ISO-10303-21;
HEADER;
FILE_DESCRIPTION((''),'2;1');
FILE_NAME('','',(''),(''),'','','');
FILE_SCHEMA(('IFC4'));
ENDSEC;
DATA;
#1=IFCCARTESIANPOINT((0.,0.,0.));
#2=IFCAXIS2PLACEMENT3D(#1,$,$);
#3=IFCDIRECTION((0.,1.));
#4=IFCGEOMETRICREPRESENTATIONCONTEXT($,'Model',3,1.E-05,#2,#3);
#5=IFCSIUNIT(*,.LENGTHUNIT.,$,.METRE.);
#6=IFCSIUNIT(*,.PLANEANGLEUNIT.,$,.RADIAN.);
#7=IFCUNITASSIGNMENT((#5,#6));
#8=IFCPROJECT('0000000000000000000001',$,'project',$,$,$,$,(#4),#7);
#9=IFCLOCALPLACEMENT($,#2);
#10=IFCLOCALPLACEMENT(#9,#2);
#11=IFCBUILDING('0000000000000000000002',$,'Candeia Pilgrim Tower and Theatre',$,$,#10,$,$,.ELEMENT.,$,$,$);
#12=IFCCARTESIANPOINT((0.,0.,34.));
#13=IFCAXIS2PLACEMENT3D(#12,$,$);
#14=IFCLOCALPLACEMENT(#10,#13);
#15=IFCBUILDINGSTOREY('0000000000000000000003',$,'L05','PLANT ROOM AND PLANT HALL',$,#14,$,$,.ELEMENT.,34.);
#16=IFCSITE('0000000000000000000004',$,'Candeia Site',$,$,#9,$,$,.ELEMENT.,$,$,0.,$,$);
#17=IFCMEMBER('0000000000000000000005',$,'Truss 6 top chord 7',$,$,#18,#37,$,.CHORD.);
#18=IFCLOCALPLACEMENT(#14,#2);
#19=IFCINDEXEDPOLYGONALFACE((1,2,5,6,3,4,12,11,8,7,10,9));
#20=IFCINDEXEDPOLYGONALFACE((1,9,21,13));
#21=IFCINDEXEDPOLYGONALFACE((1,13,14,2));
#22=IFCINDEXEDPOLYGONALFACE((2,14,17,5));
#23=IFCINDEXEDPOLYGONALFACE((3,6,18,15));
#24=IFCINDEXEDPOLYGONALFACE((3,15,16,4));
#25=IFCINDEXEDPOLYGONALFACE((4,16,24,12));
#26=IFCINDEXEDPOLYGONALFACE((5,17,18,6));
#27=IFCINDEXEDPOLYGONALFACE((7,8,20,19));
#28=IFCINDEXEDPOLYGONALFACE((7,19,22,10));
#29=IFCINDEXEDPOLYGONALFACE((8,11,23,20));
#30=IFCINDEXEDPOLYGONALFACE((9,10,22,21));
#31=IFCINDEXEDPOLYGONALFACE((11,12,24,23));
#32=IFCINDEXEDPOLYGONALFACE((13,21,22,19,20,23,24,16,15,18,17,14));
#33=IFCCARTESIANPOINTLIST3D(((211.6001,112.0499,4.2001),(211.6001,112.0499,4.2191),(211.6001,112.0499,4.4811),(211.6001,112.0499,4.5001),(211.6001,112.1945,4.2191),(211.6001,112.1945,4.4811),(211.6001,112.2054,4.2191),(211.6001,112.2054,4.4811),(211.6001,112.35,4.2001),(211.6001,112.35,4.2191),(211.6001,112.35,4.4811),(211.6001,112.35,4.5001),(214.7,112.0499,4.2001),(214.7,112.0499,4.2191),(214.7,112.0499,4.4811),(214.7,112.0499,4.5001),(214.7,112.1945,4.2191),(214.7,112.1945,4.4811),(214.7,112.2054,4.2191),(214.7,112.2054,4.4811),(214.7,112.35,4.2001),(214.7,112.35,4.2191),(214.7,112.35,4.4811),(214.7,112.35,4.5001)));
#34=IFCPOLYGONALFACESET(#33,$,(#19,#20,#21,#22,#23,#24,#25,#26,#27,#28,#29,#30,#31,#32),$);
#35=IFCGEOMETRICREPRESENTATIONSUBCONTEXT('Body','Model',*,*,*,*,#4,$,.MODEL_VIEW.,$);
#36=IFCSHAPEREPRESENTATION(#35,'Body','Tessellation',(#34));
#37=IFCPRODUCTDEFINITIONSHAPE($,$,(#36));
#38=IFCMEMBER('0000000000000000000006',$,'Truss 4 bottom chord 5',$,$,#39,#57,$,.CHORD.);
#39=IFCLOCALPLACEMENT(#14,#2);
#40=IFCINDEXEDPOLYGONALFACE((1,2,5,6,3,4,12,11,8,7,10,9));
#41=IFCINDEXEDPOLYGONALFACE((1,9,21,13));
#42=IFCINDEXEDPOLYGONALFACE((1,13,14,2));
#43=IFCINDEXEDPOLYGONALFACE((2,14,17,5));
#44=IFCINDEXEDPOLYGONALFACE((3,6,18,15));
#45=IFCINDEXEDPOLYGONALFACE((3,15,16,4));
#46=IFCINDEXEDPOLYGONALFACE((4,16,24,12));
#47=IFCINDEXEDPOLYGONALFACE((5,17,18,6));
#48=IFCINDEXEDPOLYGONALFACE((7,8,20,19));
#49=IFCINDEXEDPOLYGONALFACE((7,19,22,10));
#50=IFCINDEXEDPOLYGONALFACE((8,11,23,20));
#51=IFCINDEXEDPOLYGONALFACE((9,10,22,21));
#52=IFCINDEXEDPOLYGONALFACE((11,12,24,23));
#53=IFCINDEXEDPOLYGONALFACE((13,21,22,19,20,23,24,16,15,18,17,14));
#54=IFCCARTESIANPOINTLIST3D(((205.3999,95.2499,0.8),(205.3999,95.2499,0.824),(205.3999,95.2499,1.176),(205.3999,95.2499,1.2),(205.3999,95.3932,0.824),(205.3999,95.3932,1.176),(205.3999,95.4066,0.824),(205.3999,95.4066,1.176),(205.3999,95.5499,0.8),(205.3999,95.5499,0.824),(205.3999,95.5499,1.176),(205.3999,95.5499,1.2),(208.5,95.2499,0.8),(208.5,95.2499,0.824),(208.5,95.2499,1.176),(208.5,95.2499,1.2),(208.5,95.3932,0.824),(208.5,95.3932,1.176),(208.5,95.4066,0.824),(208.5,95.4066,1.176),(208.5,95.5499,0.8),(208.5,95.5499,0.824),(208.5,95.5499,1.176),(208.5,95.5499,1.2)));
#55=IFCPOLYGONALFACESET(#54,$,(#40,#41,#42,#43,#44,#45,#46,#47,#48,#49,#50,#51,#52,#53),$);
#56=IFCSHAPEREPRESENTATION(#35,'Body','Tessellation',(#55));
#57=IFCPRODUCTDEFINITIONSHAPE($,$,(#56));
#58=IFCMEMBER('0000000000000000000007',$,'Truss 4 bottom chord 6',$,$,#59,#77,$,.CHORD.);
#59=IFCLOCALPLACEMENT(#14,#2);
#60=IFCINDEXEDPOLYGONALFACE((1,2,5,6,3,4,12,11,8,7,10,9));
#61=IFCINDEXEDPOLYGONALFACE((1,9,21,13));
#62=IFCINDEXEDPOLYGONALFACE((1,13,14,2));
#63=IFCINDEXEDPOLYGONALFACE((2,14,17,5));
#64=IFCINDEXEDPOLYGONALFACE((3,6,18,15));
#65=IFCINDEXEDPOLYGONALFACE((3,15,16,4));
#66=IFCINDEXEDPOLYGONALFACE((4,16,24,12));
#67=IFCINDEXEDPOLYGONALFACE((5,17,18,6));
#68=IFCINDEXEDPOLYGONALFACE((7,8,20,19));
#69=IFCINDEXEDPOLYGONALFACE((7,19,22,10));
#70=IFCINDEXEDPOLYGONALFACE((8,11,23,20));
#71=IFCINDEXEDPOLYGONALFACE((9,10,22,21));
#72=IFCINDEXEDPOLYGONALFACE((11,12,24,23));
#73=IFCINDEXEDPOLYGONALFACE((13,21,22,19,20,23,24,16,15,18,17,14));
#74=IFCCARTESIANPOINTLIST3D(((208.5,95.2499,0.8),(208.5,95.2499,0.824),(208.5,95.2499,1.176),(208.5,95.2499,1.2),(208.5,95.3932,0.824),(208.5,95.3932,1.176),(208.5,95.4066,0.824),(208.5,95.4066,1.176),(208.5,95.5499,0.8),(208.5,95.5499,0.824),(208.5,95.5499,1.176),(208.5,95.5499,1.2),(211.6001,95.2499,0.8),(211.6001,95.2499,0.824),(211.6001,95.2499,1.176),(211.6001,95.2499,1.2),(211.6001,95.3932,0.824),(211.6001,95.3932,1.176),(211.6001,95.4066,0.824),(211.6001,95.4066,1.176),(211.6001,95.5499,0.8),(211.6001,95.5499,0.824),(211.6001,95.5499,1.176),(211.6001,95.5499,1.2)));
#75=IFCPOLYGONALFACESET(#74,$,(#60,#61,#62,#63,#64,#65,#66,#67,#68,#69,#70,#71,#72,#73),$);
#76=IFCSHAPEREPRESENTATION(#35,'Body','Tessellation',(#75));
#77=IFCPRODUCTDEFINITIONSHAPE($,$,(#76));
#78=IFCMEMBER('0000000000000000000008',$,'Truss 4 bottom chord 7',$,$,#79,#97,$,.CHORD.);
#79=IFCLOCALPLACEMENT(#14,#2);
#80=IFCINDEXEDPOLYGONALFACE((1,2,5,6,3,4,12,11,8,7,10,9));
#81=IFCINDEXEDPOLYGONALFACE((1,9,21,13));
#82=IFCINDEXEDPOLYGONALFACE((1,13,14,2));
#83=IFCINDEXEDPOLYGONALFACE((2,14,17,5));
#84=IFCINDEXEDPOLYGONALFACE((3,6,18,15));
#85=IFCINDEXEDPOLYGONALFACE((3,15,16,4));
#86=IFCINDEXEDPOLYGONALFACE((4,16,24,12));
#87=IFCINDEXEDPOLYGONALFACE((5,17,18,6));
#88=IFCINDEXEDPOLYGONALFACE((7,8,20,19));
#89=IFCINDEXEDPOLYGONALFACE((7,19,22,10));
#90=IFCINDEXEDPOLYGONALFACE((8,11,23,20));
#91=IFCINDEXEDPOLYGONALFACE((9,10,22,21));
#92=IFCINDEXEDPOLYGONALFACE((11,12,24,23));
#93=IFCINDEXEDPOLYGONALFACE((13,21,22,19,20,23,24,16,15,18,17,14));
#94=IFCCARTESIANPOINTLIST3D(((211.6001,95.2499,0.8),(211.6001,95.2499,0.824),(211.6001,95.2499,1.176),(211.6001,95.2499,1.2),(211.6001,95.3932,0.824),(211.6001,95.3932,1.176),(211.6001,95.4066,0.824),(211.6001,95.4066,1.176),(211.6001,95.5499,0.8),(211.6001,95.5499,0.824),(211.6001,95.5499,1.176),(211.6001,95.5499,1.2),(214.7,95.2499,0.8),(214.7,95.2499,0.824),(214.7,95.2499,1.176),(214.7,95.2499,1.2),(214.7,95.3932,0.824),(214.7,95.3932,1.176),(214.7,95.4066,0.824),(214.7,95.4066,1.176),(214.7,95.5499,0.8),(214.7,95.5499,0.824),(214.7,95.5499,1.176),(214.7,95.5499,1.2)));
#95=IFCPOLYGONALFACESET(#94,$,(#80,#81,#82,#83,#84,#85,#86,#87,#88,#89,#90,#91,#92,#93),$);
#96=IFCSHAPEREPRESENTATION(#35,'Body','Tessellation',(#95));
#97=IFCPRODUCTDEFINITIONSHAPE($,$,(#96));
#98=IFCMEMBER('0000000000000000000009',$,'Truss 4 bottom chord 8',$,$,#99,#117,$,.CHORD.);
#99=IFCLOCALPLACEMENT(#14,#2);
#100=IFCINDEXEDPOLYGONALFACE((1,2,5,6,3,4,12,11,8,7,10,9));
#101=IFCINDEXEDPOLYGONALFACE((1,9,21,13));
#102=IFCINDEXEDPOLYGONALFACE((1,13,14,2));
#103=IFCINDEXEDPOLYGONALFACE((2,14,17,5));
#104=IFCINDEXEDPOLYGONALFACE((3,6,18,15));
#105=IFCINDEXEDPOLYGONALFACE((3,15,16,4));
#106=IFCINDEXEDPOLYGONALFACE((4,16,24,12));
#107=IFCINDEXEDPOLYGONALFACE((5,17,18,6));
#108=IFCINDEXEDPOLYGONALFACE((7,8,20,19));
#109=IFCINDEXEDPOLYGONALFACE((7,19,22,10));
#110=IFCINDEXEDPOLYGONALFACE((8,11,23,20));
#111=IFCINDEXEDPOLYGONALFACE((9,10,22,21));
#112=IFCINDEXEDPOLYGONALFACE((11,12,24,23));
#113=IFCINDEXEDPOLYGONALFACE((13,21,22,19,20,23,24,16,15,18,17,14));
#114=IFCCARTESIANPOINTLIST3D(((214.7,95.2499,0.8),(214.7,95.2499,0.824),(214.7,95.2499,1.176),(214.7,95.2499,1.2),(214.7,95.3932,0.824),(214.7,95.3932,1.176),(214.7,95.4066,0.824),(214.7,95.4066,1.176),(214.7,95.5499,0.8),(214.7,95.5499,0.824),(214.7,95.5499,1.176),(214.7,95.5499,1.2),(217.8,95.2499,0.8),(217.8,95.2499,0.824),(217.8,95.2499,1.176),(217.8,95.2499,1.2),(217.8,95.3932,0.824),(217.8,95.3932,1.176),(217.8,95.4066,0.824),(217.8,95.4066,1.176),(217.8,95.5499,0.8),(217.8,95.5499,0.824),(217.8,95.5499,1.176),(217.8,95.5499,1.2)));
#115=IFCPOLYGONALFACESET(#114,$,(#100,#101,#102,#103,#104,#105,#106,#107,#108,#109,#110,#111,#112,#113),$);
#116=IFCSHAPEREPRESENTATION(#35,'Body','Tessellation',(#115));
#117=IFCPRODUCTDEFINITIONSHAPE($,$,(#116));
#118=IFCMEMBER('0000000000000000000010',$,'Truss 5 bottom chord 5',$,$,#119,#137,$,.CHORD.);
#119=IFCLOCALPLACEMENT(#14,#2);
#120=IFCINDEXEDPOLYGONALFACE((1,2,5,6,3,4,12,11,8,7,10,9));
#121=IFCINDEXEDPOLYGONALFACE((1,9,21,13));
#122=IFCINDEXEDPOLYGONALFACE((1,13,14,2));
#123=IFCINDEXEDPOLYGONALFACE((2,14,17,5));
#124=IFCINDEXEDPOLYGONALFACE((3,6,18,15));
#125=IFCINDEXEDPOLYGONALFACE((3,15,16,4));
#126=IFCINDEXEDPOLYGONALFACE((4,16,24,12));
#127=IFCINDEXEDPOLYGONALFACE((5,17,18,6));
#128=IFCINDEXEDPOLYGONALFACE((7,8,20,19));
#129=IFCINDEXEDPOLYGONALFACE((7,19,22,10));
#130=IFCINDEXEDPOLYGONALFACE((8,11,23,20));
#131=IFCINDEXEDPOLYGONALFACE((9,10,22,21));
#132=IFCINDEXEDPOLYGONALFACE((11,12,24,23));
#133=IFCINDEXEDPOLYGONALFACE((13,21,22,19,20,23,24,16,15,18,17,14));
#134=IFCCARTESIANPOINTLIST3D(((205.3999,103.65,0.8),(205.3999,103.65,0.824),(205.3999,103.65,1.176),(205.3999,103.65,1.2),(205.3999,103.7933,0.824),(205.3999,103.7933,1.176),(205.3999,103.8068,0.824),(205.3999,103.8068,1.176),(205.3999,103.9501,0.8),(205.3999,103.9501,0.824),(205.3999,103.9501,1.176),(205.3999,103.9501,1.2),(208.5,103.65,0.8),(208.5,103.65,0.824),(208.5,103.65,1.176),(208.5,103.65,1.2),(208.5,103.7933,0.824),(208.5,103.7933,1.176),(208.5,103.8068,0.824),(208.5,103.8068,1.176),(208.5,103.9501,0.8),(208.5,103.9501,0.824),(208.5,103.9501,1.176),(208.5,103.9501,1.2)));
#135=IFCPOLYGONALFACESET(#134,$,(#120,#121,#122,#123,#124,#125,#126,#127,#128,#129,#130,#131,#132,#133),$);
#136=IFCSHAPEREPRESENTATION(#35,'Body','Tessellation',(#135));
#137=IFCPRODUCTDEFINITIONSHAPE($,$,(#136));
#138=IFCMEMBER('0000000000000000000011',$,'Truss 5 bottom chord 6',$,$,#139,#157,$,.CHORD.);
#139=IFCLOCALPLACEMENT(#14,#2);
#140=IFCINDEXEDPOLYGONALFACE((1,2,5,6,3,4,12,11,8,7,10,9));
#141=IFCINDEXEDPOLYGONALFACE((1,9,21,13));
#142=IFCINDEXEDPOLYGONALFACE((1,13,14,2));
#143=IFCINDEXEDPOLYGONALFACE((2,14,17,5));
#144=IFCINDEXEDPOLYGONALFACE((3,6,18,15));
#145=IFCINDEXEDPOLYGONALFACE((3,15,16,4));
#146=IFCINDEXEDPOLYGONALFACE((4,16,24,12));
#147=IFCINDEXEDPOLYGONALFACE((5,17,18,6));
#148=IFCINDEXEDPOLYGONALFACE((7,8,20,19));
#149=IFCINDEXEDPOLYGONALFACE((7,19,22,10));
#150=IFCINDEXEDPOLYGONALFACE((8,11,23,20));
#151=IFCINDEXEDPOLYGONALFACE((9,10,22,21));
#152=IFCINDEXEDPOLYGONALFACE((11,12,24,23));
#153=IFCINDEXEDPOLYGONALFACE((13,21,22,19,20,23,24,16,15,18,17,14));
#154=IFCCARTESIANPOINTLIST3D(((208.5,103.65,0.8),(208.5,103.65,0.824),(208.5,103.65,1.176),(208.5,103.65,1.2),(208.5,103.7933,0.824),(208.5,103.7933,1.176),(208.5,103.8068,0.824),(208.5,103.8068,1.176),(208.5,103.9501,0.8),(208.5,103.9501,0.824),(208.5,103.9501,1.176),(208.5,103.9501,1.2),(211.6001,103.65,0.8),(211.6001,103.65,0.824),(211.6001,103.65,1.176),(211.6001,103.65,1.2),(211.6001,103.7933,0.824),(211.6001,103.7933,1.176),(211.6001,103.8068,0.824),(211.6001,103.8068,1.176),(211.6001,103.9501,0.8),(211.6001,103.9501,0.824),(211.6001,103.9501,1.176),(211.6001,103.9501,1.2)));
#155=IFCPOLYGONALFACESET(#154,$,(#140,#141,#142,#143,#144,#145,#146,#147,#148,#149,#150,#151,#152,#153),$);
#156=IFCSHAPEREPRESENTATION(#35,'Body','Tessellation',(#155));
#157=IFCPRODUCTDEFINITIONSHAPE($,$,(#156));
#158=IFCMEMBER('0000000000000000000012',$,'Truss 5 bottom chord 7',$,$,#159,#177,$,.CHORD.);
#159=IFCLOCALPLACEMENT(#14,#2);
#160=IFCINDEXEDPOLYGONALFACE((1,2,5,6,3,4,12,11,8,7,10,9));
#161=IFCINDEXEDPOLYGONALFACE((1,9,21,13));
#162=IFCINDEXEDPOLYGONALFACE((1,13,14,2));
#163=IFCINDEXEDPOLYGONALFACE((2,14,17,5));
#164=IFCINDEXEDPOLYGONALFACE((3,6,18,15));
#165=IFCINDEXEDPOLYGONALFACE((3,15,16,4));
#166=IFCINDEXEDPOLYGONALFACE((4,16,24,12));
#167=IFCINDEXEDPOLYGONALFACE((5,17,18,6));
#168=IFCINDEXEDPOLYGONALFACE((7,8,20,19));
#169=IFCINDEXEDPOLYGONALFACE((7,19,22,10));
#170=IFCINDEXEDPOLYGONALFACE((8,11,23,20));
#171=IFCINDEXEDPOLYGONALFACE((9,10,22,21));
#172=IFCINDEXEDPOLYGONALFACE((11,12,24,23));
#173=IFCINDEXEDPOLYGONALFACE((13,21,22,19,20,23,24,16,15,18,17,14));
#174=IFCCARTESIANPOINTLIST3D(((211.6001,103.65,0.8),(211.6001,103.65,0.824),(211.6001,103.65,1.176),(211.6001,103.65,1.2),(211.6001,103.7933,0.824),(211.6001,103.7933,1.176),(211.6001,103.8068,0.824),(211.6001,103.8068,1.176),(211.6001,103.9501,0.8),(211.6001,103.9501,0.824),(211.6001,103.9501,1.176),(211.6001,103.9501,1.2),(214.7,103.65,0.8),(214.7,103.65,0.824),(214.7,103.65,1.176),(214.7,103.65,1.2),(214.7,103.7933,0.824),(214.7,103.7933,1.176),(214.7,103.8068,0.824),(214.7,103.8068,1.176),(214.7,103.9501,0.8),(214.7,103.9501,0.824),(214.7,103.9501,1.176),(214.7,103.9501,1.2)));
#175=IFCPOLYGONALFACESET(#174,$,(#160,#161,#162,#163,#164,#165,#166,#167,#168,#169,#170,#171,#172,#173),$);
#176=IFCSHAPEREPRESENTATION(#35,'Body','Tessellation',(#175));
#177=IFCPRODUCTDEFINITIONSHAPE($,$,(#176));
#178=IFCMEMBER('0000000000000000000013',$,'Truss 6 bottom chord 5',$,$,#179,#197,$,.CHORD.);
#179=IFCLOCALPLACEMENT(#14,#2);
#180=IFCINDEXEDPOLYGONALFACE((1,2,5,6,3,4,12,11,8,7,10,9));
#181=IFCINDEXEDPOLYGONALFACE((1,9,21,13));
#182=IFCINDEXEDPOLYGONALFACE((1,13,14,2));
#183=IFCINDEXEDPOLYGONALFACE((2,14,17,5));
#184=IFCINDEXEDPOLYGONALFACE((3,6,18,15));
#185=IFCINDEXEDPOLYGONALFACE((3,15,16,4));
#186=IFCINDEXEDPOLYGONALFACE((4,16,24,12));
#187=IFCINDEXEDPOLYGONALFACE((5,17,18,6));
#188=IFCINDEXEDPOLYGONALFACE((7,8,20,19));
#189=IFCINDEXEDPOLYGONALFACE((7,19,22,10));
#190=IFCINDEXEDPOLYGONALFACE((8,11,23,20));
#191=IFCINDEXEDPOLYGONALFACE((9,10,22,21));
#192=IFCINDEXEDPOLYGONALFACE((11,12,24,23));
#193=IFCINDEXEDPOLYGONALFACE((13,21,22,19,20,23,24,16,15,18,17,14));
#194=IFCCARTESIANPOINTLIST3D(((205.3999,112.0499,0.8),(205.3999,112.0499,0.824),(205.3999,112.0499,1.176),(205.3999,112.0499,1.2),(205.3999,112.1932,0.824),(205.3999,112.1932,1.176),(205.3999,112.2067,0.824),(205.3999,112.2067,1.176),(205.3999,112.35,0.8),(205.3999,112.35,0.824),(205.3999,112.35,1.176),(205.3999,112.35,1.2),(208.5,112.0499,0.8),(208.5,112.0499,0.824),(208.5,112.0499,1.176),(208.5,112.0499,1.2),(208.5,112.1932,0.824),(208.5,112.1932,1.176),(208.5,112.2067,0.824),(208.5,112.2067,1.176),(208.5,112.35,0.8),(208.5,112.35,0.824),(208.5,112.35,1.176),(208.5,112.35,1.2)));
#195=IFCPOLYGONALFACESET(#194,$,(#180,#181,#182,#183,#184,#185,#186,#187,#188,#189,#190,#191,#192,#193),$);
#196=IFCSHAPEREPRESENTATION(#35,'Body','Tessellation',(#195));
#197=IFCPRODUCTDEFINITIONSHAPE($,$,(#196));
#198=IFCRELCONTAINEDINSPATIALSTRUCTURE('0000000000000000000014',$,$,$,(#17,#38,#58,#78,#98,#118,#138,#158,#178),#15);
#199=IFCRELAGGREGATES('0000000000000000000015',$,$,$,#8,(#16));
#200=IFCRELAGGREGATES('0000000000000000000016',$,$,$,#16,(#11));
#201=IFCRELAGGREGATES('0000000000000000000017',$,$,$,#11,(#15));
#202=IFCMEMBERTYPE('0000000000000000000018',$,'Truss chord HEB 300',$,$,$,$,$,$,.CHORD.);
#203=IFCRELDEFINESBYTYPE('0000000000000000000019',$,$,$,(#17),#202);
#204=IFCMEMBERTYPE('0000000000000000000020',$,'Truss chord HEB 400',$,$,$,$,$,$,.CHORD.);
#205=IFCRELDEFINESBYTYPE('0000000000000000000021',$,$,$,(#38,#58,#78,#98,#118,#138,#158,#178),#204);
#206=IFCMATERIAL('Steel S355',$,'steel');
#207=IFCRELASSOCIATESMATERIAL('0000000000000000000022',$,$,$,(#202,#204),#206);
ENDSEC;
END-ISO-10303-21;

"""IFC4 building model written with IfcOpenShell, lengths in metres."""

from ifc_helpers import new_model, si_unit, direction, frame, origin, origin_2d, place, context, subcontext, project, spatial, i_section, extrude, material, material_profile, profile_set, type_object, element, save


model = new_model("IFC4")

# Units and contexts
model_context = context("Model", 3, precision=1e-05, world=origin(), true_north=direction((0.0, 1.0)))
body_context = subcontext(model_context, "Body", "Model", "MODEL_VIEW")
ifc_project = project(units=[si_unit("LENGTHUNIT", "METRE"), si_unit("PLANEANGLEUNIT", "RADIAN")], contexts=[model_context])

# Site, building, storey
site_placement = place(None, origin())
site = spatial("IfcSite", under=ifc_project, at=site_placement, Name="Candeia Site", CompositionType="ELEMENT", RefElevation=0.0)
building_placement = place(site_placement, origin())
building = spatial("IfcBuilding", under=site, at=building_placement, Name="Candeia Pilgrim Tower and Theatre", CompositionType="ELEMENT")
storey_placement = place(building_placement, frame((0.0, 0.0, 34.0)))
storey = spatial("IfcBuildingStorey", under=building, at=storey_placement, Name="L05", Description="PLANT ROOM AND PLANT HALL", CompositionType="ELEMENT", Elevation=34.0)

# Members
ifc_material = material(Name="Steel S355", Category="steel")
ifc_material_profile_1 = material_profile(ifc_material, i_section(OverallWidth=0.3, OverallDepth=0.3, WebThickness=0.011, FlangeThickness=0.019, at=origin_2d()))
ifc_profile_set_1 = profile_set([ifc_material_profile_1], Name="Steel S355")
member_type_1 = type_object("IfcMemberType", Name="Truss chord HEB 300", PredefinedType="CHORD", material=ifc_profile_set_1)
member_1_placement = place(storey_placement, frame((211.6001, 112.2, 4.3501), z_axis=(1.0, 0.0, 0.0), x_axis=(0.0, 1.0, 0.0)))
element("IfcMember", 1, at=member_1_placement, inside=storey, type_object=member_type_1, Name="Truss 6 top chord 7", PredefinedType="CHORD", context=body_context, shape_type="SweptSolid", body=[
    extrude(i_section(OverallWidth=0.3, OverallDepth=0.3, WebThickness=0.011, FlangeThickness=0.019, at=origin_2d()), origin(), (0.0, 0.0, 1.0), 3.0999),
])
ifc_material_profile_2 = material_profile(ifc_material, i_section(OverallWidth=0.3, OverallDepth=0.3999, WebThickness=0.0134, FlangeThickness=0.0239, at=origin_2d()))
ifc_profile_set_2 = profile_set([ifc_material_profile_2], Name="Steel S355")
member_type_2 = type_object("IfcMemberType", Name="Truss chord HEB 400", PredefinedType="CHORD", material=ifc_profile_set_2)
for number, where, z_axis, x_axis, name in (
    (2, (205.3999, 95.3999, 1.0), (1.0, 0.0, 0.0), (0.0, 1.0, 0.0), "Truss 4 bottom chord 5"),
    (3, (208.5, 95.3999, 1.0), (1.0, 0.0, 0.0), (0.0, 1.0, 0.0), "Truss 4 bottom chord 6"),
):
    element("IfcMember", number, at=place(storey_placement, frame(where, z_axis=z_axis, x_axis=x_axis)), inside=storey, type_object=member_type_2, Name=name, PredefinedType="CHORD", context=body_context, shape_type="SweptSolid", body=[
        extrude(i_section(OverallWidth=0.3, OverallDepth=0.3999, WebThickness=0.0134, FlangeThickness=0.0239, at=origin_2d()), origin(), (0.0, 0.0, 1.0), 3.1001),
    ])
member_2_placement = place(storey_placement, frame((211.6001, 95.3999, 1.0), z_axis=(1.0, 0.0, 0.0), x_axis=(0.0, 1.0, 0.0)))
element("IfcMember", 4, at=member_2_placement, inside=storey, type_object=member_type_2, Name="Truss 4 bottom chord 7", PredefinedType="CHORD", context=body_context, shape_type="SweptSolid", body=[
    extrude(i_section(OverallWidth=0.3, OverallDepth=0.3999, WebThickness=0.0134, FlangeThickness=0.0239, at=origin_2d()), origin(), (0.0, 0.0, 1.0), 3.0999),
])
for number, where, z_axis, x_axis, name in (
    (5, (214.7, 95.3999, 1.0), (1.0, 0.0, 0.0), (0.0, 1.0, 0.0), "Truss 4 bottom chord 8"),
    (6, (205.3999, 103.8, 1.0), (1.0, 0.0, 0.0), (0.0, 1.0, 0.0), "Truss 5 bottom chord 5"),
    (7, (208.5, 103.8, 1.0), (1.0, 0.0, 0.0), (0.0, 1.0, 0.0), "Truss 5 bottom chord 6"),
):
    element("IfcMember", number, at=place(storey_placement, frame(where, z_axis=z_axis, x_axis=x_axis)), inside=storey, type_object=member_type_2, Name=name, PredefinedType="CHORD", context=body_context, shape_type="SweptSolid", body=[
        extrude(i_section(OverallWidth=0.3, OverallDepth=0.3999, WebThickness=0.0134, FlangeThickness=0.0239, at=origin_2d()), origin(), (0.0, 0.0, 1.0), 3.1001),
    ])
member_3_placement = place(storey_placement, frame((211.6001, 103.8, 1.0), z_axis=(1.0, 0.0, 0.0), x_axis=(0.0, 1.0, 0.0)))
element("IfcMember", 8, at=member_3_placement, inside=storey, type_object=member_type_2, Name="Truss 5 bottom chord 7", PredefinedType="CHORD", context=body_context, shape_type="SweptSolid", body=[
    extrude(i_section(OverallWidth=0.3, OverallDepth=0.3999, WebThickness=0.0134, FlangeThickness=0.0239, at=origin_2d()), origin(), (0.0, 0.0, 1.0), 3.0999),
])
for number, where, z_axis, x_axis, name in (
    (9, (205.3999, 112.2, 1.0), (1.0, 0.0, 0.0), (0.0, 1.0, 0.0), "Truss 6 bottom chord 5"),
):
    element("IfcMember", number, at=place(storey_placement, frame(where, z_axis=z_axis, x_axis=x_axis)), inside=storey, type_object=member_type_2, Name=name, PredefinedType="CHORD", context=body_context, shape_type="SweptSolid", body=[
        extrude(i_section(OverallWidth=0.3, OverallDepth=0.3999, WebThickness=0.0134, FlangeThickness=0.0239, at=origin_2d()), origin(), (0.0, 0.0, 1.0), 3.1001),
    ])

save(model, "model.ifc")
